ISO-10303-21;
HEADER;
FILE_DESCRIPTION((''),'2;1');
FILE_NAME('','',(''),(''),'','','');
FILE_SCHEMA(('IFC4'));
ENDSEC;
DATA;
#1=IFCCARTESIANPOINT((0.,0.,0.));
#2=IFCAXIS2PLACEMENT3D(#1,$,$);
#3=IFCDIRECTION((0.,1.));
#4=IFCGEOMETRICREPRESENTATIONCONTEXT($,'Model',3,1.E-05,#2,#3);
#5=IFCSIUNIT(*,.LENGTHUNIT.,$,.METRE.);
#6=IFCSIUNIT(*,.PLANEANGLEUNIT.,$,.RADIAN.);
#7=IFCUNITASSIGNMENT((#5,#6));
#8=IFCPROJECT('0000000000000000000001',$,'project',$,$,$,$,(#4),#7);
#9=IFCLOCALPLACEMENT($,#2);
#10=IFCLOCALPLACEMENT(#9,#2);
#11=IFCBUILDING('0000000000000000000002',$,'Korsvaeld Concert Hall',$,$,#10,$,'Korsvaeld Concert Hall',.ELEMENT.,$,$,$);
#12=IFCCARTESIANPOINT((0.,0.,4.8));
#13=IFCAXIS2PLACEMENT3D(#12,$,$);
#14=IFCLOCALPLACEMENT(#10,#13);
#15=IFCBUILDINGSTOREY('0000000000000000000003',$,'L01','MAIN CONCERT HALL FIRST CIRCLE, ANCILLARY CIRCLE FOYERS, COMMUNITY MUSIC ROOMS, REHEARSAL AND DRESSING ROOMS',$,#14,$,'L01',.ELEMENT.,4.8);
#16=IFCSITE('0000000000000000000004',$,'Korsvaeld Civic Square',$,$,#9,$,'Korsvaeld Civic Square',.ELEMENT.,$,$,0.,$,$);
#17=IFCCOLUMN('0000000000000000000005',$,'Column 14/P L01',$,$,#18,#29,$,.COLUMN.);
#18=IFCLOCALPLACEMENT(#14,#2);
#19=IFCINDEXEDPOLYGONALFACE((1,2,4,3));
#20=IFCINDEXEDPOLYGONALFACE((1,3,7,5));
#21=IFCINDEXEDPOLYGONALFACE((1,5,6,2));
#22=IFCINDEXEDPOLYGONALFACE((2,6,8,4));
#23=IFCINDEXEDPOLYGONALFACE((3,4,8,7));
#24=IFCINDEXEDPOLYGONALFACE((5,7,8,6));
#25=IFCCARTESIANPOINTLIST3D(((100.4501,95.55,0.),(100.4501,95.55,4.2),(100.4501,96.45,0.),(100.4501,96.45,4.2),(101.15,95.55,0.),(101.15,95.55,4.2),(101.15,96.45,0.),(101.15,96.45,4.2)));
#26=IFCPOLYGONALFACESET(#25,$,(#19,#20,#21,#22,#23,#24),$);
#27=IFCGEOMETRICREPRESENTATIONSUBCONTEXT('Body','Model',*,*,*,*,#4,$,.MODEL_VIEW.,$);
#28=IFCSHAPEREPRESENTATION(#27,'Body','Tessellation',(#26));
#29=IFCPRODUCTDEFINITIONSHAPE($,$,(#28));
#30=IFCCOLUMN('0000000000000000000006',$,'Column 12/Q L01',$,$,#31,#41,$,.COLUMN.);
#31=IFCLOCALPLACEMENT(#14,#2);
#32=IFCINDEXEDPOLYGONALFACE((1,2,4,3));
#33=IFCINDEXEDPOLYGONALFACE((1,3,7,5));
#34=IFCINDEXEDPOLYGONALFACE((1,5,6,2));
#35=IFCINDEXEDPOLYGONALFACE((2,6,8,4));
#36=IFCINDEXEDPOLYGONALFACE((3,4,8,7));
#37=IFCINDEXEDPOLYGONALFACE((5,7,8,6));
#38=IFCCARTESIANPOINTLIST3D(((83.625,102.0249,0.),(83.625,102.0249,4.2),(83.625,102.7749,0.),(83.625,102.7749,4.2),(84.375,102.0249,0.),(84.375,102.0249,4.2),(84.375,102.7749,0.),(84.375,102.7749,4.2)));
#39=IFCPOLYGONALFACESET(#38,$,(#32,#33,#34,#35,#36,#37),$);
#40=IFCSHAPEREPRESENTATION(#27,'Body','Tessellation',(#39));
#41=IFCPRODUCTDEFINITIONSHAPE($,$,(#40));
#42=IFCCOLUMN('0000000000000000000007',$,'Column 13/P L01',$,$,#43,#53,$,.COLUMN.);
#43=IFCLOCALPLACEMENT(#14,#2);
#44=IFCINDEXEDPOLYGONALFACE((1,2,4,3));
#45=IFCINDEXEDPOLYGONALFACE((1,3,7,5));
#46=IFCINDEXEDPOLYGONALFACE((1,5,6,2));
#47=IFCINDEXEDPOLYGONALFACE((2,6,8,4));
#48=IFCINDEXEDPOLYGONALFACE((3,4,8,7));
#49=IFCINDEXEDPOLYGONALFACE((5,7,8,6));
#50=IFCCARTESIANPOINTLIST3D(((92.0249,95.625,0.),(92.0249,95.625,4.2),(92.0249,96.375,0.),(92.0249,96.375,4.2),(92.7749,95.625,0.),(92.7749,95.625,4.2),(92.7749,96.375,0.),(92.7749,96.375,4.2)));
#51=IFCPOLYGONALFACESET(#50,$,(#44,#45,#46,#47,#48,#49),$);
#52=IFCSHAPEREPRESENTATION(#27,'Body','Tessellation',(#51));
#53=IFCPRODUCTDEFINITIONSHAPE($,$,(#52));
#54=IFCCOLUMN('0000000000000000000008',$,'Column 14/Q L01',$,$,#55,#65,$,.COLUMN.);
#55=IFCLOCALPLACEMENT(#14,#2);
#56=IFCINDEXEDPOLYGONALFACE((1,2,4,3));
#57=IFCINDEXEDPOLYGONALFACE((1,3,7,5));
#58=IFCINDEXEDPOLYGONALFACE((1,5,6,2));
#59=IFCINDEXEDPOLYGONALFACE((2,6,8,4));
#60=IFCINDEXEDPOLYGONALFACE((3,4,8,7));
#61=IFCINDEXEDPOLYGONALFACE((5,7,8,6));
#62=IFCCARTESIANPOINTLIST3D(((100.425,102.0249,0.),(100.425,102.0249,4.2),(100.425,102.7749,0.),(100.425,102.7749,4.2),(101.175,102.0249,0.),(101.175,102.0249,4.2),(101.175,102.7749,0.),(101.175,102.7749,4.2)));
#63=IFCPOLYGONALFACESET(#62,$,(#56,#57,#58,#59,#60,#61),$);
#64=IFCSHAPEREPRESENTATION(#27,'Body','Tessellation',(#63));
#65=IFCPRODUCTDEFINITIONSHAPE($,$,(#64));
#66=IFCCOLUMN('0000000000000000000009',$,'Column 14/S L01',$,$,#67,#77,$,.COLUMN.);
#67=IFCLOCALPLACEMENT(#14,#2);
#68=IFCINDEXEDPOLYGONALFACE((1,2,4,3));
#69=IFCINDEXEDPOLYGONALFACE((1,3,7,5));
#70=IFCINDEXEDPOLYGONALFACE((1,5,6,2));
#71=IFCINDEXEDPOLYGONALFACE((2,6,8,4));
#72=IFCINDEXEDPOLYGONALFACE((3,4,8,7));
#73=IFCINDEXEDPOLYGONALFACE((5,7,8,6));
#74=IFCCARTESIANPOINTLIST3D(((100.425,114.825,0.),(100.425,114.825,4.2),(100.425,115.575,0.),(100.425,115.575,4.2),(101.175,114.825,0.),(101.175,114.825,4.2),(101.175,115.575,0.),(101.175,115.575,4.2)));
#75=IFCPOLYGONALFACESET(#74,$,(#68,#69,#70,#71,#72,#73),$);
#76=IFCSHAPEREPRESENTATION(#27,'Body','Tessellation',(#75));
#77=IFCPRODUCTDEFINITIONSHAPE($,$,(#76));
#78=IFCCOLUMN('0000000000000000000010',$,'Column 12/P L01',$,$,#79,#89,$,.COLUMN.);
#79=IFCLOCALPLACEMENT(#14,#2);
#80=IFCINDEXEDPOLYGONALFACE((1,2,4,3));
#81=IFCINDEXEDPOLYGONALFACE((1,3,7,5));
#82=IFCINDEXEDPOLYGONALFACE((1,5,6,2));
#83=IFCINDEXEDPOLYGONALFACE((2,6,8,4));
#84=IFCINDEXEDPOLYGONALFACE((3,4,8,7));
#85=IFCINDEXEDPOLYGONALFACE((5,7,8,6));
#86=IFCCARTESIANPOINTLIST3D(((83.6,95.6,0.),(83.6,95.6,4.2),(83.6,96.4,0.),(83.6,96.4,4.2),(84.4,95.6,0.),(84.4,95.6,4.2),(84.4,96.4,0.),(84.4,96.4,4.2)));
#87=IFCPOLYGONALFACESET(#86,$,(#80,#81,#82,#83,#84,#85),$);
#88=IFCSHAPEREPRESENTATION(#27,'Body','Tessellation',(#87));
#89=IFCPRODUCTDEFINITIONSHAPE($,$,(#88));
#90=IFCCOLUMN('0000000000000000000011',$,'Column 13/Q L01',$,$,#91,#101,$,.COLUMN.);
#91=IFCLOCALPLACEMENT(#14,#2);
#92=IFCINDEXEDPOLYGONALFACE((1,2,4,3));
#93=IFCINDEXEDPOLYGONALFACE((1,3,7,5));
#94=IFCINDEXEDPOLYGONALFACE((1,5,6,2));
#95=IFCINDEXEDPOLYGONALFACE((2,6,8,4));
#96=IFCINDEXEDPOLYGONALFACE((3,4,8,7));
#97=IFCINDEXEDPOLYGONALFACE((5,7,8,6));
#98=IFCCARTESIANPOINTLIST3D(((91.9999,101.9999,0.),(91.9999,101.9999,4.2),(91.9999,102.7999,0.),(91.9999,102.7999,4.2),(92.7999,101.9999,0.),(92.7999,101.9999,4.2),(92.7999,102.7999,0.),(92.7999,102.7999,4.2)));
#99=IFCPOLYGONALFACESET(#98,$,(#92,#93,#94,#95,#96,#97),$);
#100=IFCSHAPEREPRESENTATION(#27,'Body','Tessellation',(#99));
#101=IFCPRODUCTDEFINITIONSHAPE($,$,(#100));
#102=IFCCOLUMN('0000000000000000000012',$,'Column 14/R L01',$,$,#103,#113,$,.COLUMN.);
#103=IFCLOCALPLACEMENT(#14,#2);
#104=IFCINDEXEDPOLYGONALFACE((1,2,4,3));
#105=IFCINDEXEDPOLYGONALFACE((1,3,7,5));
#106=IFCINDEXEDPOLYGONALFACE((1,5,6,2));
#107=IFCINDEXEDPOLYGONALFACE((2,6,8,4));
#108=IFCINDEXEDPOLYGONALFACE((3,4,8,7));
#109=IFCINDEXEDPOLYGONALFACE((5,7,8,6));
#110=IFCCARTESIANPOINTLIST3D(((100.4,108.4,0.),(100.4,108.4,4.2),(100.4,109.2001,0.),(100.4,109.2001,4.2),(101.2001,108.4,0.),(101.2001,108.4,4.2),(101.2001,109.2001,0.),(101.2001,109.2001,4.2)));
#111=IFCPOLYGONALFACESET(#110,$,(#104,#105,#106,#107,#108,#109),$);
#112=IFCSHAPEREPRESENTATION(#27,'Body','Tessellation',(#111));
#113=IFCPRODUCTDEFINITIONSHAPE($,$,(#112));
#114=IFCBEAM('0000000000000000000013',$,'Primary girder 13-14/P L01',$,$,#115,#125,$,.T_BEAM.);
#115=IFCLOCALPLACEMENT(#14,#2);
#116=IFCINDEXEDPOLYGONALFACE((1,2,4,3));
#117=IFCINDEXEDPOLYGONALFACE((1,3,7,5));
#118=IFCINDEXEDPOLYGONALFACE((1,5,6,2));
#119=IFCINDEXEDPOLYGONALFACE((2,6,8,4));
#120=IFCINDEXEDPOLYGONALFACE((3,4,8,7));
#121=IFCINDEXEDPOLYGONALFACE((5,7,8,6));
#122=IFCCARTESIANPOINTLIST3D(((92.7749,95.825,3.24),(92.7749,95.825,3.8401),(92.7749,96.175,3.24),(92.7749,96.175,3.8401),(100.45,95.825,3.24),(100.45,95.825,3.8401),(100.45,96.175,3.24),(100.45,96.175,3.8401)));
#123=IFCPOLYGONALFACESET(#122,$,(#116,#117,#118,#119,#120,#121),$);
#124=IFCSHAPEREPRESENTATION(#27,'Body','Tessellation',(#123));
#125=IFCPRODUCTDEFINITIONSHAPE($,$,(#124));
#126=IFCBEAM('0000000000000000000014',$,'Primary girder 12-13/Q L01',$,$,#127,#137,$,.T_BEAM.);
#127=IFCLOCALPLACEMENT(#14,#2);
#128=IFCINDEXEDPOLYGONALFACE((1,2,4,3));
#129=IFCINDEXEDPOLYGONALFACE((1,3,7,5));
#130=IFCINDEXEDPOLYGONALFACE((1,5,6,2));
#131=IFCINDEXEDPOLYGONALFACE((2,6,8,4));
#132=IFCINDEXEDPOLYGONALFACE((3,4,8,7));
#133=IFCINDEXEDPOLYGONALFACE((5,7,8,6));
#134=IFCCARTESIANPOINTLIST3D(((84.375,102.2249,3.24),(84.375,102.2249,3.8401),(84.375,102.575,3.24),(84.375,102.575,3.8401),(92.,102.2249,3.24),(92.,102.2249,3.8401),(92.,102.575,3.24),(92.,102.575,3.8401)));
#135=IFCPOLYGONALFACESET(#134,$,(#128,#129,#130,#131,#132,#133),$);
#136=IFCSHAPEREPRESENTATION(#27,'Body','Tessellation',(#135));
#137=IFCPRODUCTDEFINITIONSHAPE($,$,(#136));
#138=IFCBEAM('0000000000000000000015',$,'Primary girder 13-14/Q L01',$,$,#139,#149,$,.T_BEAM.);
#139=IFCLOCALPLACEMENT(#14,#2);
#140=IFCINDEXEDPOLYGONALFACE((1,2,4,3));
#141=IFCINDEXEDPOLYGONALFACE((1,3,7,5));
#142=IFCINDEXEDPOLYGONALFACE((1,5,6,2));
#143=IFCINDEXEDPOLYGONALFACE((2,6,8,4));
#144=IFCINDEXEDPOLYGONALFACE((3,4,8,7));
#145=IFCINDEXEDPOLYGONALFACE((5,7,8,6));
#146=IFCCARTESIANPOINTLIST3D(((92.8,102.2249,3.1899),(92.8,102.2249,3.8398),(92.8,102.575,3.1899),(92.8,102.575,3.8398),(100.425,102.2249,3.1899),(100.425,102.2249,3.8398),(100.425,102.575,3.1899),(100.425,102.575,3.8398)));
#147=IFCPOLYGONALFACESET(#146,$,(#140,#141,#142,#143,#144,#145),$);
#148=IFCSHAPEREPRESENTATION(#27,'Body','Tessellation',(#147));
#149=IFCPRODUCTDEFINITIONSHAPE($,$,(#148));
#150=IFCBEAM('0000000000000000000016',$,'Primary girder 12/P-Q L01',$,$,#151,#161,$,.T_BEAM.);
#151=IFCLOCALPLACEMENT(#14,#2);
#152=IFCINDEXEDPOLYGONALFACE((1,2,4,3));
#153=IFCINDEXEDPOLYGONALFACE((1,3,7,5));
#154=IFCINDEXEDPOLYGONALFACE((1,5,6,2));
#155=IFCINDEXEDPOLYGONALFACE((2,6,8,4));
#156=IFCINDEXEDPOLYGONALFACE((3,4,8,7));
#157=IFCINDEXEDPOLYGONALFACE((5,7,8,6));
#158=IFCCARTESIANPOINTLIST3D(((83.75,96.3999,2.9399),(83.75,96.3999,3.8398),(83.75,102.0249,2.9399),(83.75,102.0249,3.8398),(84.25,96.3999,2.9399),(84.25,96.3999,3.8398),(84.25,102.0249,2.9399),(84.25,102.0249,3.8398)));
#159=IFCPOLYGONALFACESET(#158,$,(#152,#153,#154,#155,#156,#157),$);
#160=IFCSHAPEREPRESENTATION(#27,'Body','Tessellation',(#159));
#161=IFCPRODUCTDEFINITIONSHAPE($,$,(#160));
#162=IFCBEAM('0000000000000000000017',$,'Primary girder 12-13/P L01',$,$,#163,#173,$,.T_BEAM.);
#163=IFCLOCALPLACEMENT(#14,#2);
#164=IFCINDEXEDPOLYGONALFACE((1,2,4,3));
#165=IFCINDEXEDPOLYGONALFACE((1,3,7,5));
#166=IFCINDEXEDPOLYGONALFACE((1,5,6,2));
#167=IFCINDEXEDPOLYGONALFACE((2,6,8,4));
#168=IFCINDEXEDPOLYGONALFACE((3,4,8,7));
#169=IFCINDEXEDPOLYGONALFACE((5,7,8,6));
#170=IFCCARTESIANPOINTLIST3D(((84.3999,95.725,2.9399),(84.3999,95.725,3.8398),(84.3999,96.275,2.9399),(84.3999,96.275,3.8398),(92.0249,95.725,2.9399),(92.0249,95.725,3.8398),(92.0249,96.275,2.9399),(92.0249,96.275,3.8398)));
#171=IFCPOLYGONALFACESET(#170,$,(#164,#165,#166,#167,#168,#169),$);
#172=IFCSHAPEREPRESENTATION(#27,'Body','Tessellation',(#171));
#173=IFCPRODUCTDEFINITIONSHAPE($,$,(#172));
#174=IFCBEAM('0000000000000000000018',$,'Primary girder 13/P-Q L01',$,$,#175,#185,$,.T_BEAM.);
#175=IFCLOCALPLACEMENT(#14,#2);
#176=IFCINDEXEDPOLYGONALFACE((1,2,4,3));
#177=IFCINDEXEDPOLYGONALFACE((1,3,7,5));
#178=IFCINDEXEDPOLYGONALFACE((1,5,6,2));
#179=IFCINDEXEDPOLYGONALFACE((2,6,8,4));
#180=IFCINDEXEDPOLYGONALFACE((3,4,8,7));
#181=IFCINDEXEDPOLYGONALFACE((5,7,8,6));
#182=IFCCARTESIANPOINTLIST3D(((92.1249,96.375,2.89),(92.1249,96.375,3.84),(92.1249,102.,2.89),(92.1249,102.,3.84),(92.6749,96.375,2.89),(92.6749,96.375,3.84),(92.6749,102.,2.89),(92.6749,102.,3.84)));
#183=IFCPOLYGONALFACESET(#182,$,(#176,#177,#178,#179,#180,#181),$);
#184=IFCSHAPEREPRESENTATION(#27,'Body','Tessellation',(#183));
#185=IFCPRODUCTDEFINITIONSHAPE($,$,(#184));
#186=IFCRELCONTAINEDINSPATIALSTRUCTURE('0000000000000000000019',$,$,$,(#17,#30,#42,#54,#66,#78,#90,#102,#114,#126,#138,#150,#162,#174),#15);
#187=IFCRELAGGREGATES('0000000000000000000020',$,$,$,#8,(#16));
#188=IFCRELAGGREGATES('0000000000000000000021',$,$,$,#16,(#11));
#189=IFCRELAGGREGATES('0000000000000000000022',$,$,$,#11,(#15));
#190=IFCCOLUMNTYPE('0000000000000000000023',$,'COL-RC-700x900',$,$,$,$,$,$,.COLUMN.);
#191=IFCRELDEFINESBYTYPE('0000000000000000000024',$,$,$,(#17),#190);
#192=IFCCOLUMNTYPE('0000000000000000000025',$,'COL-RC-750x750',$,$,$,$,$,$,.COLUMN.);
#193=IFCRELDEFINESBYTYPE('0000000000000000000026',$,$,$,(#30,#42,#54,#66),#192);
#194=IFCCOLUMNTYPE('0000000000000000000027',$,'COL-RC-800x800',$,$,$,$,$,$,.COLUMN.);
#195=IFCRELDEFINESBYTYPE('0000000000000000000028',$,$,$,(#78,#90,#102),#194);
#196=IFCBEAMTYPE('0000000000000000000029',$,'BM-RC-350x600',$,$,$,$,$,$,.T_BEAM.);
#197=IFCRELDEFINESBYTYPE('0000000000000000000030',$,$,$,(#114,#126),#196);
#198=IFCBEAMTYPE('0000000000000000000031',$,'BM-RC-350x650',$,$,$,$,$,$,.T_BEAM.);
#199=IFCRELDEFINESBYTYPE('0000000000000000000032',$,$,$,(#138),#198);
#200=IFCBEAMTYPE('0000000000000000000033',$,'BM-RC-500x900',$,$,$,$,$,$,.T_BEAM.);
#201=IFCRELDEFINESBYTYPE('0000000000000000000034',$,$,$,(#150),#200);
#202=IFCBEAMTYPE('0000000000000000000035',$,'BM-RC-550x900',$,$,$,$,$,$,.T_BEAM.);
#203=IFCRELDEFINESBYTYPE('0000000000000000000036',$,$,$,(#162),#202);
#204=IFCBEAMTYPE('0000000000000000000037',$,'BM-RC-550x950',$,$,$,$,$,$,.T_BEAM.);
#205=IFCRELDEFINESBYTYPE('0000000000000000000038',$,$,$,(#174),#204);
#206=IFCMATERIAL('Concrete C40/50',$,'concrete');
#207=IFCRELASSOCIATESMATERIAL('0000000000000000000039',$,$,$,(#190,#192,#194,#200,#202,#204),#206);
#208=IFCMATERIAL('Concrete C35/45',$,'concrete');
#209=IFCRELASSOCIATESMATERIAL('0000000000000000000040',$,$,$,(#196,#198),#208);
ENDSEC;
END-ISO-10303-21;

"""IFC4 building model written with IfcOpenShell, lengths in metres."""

from ifc_helpers import new_model, si_unit, direction, frame, origin, origin_2d, place, context, subcontext, project, spatial, rectangle, extrude, material, material_profile, profile_set, type_object, element, save


model = new_model("IFC4")

# Units and contexts
model_context = context("Model", 3, precision=1e-05, world=origin(), true_north=direction((0.0, 1.0)))
body_context = subcontext(model_context, "Body", "Model", "MODEL_VIEW")
ifc_project = project(units=[si_unit("LENGTHUNIT", "METRE"), si_unit("PLANEANGLEUNIT", "RADIAN")], contexts=[model_context])

# Site, building, storey
site_placement = place(None, origin())
site = spatial("IfcSite", under=ifc_project, at=site_placement, Name="Korsvaeld Civic Square", LongName="Korsvaeld Civic Square", CompositionType="ELEMENT", RefElevation=0.0)
building_placement = place(site_placement, origin())
building = spatial("IfcBuilding", under=site, at=building_placement, Name="Korsvaeld Concert Hall", LongName="Korsvaeld Concert Hall", CompositionType="ELEMENT")
storey_placement = place(building_placement, frame((0.0, 0.0, 4.8)))
storey = spatial("IfcBuildingStorey", under=building, at=storey_placement, Name="L01", Description="MAIN CONCERT HALL FIRST CIRCLE, ANCILLARY CIRCLE FOYERS, COMMUNITY MUSIC ROOMS, REHEARSAL AND DRESSING ROOMS", LongName="L01", CompositionType="ELEMENT", Elevation=4.8)

# Columns
ifc_material_1 = material(Name="Concrete C40/50", Category="concrete")
ifc_material_profile_1 = material_profile(ifc_material_1, rectangle(XDim=0.7, YDim=0.8999, at=origin_2d()), Name="RC 700x900")
ifc_profile_set_1 = profile_set([ifc_material_profile_1], Name="Concrete C40/50")
column_type_1 = type_object("IfcColumnType", Name="COL-RC-700x900", PredefinedType="COLUMN", material=ifc_profile_set_1)
column_placement = place(storey_placement, frame((100.8, 96.0, 0.0), z_axis=(0.0, 0.0, 1.0), x_axis=(1.0, 0.0, 0.0)))
element("IfcColumn", 1, at=column_placement, inside=storey, type_object=column_type_1, Name="Column 14/P L01", PredefinedType="COLUMN", context=body_context, shape_type="SweptSolid", body=[
    extrude(rectangle(XDim=0.7, YDim=0.8999, at=origin_2d()), origin(), (0.0, 0.0, 1.0), 4.2),
])
ifc_material_profile_2 = material_profile(ifc_material_1, rectangle(XDim=0.75, YDim=0.75, at=origin_2d()), Name="RC 750x750")
ifc_profile_set_2 = profile_set([ifc_material_profile_2], Name="Concrete C40/50")
column_type_2 = type_object("IfcColumnType", Name="COL-RC-750x750", PredefinedType="COLUMN", material=ifc_profile_set_2)
for number, where, z_axis, x_axis, name in (
    (2, (84.0, 102.3999, 0.0), (0.0, 0.0, 1.0), (1.0, 0.0, 0.0), "Column 12/Q L01"),
    (3, (92.3999, 96.0, 0.0), (0.0, 0.0, 1.0), (1.0, 0.0, 0.0), "Column 13/P L01"),
    (4, (100.8, 102.3999, 0.0), (0.0, 0.0, 1.0), (1.0, 0.0, 0.0), "Column 14/Q L01"),
    (5, (100.8, 115.2, 0.0), (0.0, 0.0, 1.0), (1.0, 0.0, 0.0), "Column 14/S L01"),
):
    element("IfcColumn", number, at=place(storey_placement, frame(where, z_axis=z_axis, x_axis=x_axis)), inside=storey, type_object=column_type_2, Name=name, PredefinedType="COLUMN", context=body_context, shape_type="SweptSolid", body=[
        extrude(rectangle(XDim=0.75, YDim=0.75, at=origin_2d()), origin(), (0.0, 0.0, 1.0), 4.2),
    ])
ifc_material_profile_3 = material_profile(ifc_material_1, rectangle(XDim=0.8, YDim=0.8, at=origin_2d()), Name="RC 800x800")
ifc_profile_set_3 = profile_set([ifc_material_profile_3], Name="Concrete C40/50")
column_type_3 = type_object("IfcColumnType", Name="COL-RC-800x800", PredefinedType="COLUMN", material=ifc_profile_set_3)
for number, where, z_axis, x_axis, name in (
    (6, (84.0, 96.0, 0.0), (0.0, 0.0, 1.0), (1.0, 0.0, 0.0), "Column 12/P L01"),
    (7, (92.3999, 102.3999, 0.0), (0.0, 0.0, 1.0), (1.0, 0.0, 0.0), "Column 13/Q L01"),
    (8, (100.8, 108.8, 0.0), (0.0, 0.0, 1.0), (1.0, 0.0, 0.0), "Column 14/R L01"),
):
    element("IfcColumn", number, at=place(storey_placement, frame(where, z_axis=z_axis, x_axis=x_axis)), inside=storey, type_object=column_type_3, Name=name, PredefinedType="COLUMN", context=body_context, shape_type="SweptSolid", body=[
        extrude(rectangle(XDim=0.8, YDim=0.8, at=origin_2d()), origin(), (0.0, 0.0, 1.0), 4.2),
    ])

# Beams
ifc_material_2 = material(Name="Concrete C35/45", Category="concrete")
ifc_material_profile_4 = material_profile(ifc_material_2, rectangle(XDim=0.3501, YDim=0.6001, at=origin_2d()), Name="RC 350x600")
ifc_profile_set_4 = profile_set([ifc_material_profile_4], Name="Concrete C35/45")
beam_type_1 = type_object("IfcBeamType", Name="BM-RC-350x600", PredefinedType="T_BEAM", material=ifc_profile_set_4)
beam_1_placement = place(storey_placement, frame((92.7749, 96.0, 3.54), z_axis=(1.0, 0.0, 0.0), x_axis=(0.0, 1.0, 0.0)))
element("IfcBeam", 9, at=beam_1_placement, inside=storey, type_object=beam_type_1, Name="Primary girder 13-14/P L01", PredefinedType="T_BEAM", context=body_context, shape_type="SweptSolid", body=[
    extrude(rectangle(XDim=0.3501, YDim=0.6001, at=origin_2d()), origin(), (0.0, 0.0, 1.0), 7.675),
])
beam_2_placement = place(storey_placement, frame((84.375, 102.3999, 3.54), z_axis=(1.0, 0.0, 0.0), x_axis=(0.0, 1.0, 0.0)))
element("IfcBeam", 10, at=beam_2_placement, inside=storey, type_object=beam_type_1, Name="Primary girder 12-13/Q L01", PredefinedType="T_BEAM", context=body_context, shape_type="SweptSolid", body=[
    extrude(rectangle(XDim=0.3501, YDim=0.6001, at=origin_2d()), origin(), (0.0, 0.0, 1.0), 7.625),
])
ifc_material_profile_5 = material_profile(ifc_material_2, rectangle(XDim=0.3501, YDim=0.6499, at=origin_2d()), Name="RC 350x650")
ifc_profile_set_5 = profile_set([ifc_material_profile_5], Name="Concrete C35/45")
beam_type_2 = type_object("IfcBeamType", Name="BM-RC-350x650", PredefinedType="T_BEAM", material=ifc_profile_set_5)
beam_3_placement = place(storey_placement, frame((92.8, 102.3999, 3.5149), z_axis=(1.0, 0.0, 0.0), x_axis=(0.0, 1.0, 0.0)))
element("IfcBeam", 11, at=beam_3_placement, inside=storey, type_object=beam_type_2, Name="Primary girder 13-14/Q L01", PredefinedType="T_BEAM", context=body_context, shape_type="SweptSolid", body=[
    extrude(rectangle(XDim=0.3501, YDim=0.6499, at=origin_2d()), origin(), (0.0, 0.0, 1.0), 7.625),
])
ifc_material_profile_6 = material_profile(ifc_material_1, rectangle(XDim=0.5, YDim=0.8999, at=origin_2d()), Name="RC 500x900")
ifc_profile_set_6 = profile_set([ifc_material_profile_6], Name="Concrete C40/50")
beam_type_3 = type_object("IfcBeamType", Name="BM-RC-500x900", PredefinedType="T_BEAM", material=ifc_profile_set_6)
beam_4_placement = place(storey_placement, frame((84.0, 96.3999, 3.3899), z_axis=(0.0, 1.0, 0.0), x_axis=(-1.0, 0.0, 0.0)))
element("IfcBeam", 12, at=beam_4_placement, inside=storey, type_object=beam_type_3, Name="Primary girder 12/P-Q L01", PredefinedType="T_BEAM", context=body_context, shape_type="SweptSolid", body=[
    extrude(rectangle(XDim=0.5, YDim=0.8999, at=origin_2d()), origin(), (0.0, 0.0, 1.0), 5.625),
])
ifc_material_profile_7 = material_profile(ifc_material_1, rectangle(XDim=0.55, YDim=0.8999, at=origin_2d()), Name="RC 550x900")
ifc_profile_set_7 = profile_set([ifc_material_profile_7], Name="Concrete C40/50")
beam_type_4 = type_object("IfcBeamType", Name="BM-RC-550x900", PredefinedType="T_BEAM", material=ifc_profile_set_7)
beam_5_placement = place(storey_placement, frame((84.3999, 96.0, 3.3899), z_axis=(1.0, 0.0, 0.0), x_axis=(0.0, 1.0, 0.0)))
element("IfcBeam", 13, at=beam_5_placement, inside=storey, type_object=beam_type_4, Name="Primary girder 12-13/P L01", PredefinedType="T_BEAM", context=body_context, shape_type="SweptSolid", body=[
    extrude(rectangle(XDim=0.55, YDim=0.8999, at=origin_2d()), origin(), (0.0, 0.0, 1.0), 7.625),
])
ifc_material_profile_8 = material_profile(ifc_material_1, rectangle(XDim=0.55, YDim=0.95, at=origin_2d()), Name="RC 550x950")
ifc_profile_set_8 = profile_set([ifc_material_profile_8], Name="Concrete C40/50")
beam_type_5 = type_object("IfcBeamType", Name="BM-RC-550x950", PredefinedType="T_BEAM", material=ifc_profile_set_8)
beam_6_placement = place(storey_placement, frame((92.3999, 96.375, 3.365), z_axis=(0.0, 1.0, 0.0), x_axis=(-1.0, 0.0, 0.0)))
element("IfcBeam", 14, at=beam_6_placement, inside=storey, type_object=beam_type_5, Name="Primary girder 13/P-Q L01", PredefinedType="T_BEAM", context=body_context, shape_type="SweptSolid", body=[
    extrude(rectangle(XDim=0.55, YDim=0.95, at=origin_2d()), origin(), (0.0, 0.0, 1.0), 5.625),
])

save(model, "model.ifc")
